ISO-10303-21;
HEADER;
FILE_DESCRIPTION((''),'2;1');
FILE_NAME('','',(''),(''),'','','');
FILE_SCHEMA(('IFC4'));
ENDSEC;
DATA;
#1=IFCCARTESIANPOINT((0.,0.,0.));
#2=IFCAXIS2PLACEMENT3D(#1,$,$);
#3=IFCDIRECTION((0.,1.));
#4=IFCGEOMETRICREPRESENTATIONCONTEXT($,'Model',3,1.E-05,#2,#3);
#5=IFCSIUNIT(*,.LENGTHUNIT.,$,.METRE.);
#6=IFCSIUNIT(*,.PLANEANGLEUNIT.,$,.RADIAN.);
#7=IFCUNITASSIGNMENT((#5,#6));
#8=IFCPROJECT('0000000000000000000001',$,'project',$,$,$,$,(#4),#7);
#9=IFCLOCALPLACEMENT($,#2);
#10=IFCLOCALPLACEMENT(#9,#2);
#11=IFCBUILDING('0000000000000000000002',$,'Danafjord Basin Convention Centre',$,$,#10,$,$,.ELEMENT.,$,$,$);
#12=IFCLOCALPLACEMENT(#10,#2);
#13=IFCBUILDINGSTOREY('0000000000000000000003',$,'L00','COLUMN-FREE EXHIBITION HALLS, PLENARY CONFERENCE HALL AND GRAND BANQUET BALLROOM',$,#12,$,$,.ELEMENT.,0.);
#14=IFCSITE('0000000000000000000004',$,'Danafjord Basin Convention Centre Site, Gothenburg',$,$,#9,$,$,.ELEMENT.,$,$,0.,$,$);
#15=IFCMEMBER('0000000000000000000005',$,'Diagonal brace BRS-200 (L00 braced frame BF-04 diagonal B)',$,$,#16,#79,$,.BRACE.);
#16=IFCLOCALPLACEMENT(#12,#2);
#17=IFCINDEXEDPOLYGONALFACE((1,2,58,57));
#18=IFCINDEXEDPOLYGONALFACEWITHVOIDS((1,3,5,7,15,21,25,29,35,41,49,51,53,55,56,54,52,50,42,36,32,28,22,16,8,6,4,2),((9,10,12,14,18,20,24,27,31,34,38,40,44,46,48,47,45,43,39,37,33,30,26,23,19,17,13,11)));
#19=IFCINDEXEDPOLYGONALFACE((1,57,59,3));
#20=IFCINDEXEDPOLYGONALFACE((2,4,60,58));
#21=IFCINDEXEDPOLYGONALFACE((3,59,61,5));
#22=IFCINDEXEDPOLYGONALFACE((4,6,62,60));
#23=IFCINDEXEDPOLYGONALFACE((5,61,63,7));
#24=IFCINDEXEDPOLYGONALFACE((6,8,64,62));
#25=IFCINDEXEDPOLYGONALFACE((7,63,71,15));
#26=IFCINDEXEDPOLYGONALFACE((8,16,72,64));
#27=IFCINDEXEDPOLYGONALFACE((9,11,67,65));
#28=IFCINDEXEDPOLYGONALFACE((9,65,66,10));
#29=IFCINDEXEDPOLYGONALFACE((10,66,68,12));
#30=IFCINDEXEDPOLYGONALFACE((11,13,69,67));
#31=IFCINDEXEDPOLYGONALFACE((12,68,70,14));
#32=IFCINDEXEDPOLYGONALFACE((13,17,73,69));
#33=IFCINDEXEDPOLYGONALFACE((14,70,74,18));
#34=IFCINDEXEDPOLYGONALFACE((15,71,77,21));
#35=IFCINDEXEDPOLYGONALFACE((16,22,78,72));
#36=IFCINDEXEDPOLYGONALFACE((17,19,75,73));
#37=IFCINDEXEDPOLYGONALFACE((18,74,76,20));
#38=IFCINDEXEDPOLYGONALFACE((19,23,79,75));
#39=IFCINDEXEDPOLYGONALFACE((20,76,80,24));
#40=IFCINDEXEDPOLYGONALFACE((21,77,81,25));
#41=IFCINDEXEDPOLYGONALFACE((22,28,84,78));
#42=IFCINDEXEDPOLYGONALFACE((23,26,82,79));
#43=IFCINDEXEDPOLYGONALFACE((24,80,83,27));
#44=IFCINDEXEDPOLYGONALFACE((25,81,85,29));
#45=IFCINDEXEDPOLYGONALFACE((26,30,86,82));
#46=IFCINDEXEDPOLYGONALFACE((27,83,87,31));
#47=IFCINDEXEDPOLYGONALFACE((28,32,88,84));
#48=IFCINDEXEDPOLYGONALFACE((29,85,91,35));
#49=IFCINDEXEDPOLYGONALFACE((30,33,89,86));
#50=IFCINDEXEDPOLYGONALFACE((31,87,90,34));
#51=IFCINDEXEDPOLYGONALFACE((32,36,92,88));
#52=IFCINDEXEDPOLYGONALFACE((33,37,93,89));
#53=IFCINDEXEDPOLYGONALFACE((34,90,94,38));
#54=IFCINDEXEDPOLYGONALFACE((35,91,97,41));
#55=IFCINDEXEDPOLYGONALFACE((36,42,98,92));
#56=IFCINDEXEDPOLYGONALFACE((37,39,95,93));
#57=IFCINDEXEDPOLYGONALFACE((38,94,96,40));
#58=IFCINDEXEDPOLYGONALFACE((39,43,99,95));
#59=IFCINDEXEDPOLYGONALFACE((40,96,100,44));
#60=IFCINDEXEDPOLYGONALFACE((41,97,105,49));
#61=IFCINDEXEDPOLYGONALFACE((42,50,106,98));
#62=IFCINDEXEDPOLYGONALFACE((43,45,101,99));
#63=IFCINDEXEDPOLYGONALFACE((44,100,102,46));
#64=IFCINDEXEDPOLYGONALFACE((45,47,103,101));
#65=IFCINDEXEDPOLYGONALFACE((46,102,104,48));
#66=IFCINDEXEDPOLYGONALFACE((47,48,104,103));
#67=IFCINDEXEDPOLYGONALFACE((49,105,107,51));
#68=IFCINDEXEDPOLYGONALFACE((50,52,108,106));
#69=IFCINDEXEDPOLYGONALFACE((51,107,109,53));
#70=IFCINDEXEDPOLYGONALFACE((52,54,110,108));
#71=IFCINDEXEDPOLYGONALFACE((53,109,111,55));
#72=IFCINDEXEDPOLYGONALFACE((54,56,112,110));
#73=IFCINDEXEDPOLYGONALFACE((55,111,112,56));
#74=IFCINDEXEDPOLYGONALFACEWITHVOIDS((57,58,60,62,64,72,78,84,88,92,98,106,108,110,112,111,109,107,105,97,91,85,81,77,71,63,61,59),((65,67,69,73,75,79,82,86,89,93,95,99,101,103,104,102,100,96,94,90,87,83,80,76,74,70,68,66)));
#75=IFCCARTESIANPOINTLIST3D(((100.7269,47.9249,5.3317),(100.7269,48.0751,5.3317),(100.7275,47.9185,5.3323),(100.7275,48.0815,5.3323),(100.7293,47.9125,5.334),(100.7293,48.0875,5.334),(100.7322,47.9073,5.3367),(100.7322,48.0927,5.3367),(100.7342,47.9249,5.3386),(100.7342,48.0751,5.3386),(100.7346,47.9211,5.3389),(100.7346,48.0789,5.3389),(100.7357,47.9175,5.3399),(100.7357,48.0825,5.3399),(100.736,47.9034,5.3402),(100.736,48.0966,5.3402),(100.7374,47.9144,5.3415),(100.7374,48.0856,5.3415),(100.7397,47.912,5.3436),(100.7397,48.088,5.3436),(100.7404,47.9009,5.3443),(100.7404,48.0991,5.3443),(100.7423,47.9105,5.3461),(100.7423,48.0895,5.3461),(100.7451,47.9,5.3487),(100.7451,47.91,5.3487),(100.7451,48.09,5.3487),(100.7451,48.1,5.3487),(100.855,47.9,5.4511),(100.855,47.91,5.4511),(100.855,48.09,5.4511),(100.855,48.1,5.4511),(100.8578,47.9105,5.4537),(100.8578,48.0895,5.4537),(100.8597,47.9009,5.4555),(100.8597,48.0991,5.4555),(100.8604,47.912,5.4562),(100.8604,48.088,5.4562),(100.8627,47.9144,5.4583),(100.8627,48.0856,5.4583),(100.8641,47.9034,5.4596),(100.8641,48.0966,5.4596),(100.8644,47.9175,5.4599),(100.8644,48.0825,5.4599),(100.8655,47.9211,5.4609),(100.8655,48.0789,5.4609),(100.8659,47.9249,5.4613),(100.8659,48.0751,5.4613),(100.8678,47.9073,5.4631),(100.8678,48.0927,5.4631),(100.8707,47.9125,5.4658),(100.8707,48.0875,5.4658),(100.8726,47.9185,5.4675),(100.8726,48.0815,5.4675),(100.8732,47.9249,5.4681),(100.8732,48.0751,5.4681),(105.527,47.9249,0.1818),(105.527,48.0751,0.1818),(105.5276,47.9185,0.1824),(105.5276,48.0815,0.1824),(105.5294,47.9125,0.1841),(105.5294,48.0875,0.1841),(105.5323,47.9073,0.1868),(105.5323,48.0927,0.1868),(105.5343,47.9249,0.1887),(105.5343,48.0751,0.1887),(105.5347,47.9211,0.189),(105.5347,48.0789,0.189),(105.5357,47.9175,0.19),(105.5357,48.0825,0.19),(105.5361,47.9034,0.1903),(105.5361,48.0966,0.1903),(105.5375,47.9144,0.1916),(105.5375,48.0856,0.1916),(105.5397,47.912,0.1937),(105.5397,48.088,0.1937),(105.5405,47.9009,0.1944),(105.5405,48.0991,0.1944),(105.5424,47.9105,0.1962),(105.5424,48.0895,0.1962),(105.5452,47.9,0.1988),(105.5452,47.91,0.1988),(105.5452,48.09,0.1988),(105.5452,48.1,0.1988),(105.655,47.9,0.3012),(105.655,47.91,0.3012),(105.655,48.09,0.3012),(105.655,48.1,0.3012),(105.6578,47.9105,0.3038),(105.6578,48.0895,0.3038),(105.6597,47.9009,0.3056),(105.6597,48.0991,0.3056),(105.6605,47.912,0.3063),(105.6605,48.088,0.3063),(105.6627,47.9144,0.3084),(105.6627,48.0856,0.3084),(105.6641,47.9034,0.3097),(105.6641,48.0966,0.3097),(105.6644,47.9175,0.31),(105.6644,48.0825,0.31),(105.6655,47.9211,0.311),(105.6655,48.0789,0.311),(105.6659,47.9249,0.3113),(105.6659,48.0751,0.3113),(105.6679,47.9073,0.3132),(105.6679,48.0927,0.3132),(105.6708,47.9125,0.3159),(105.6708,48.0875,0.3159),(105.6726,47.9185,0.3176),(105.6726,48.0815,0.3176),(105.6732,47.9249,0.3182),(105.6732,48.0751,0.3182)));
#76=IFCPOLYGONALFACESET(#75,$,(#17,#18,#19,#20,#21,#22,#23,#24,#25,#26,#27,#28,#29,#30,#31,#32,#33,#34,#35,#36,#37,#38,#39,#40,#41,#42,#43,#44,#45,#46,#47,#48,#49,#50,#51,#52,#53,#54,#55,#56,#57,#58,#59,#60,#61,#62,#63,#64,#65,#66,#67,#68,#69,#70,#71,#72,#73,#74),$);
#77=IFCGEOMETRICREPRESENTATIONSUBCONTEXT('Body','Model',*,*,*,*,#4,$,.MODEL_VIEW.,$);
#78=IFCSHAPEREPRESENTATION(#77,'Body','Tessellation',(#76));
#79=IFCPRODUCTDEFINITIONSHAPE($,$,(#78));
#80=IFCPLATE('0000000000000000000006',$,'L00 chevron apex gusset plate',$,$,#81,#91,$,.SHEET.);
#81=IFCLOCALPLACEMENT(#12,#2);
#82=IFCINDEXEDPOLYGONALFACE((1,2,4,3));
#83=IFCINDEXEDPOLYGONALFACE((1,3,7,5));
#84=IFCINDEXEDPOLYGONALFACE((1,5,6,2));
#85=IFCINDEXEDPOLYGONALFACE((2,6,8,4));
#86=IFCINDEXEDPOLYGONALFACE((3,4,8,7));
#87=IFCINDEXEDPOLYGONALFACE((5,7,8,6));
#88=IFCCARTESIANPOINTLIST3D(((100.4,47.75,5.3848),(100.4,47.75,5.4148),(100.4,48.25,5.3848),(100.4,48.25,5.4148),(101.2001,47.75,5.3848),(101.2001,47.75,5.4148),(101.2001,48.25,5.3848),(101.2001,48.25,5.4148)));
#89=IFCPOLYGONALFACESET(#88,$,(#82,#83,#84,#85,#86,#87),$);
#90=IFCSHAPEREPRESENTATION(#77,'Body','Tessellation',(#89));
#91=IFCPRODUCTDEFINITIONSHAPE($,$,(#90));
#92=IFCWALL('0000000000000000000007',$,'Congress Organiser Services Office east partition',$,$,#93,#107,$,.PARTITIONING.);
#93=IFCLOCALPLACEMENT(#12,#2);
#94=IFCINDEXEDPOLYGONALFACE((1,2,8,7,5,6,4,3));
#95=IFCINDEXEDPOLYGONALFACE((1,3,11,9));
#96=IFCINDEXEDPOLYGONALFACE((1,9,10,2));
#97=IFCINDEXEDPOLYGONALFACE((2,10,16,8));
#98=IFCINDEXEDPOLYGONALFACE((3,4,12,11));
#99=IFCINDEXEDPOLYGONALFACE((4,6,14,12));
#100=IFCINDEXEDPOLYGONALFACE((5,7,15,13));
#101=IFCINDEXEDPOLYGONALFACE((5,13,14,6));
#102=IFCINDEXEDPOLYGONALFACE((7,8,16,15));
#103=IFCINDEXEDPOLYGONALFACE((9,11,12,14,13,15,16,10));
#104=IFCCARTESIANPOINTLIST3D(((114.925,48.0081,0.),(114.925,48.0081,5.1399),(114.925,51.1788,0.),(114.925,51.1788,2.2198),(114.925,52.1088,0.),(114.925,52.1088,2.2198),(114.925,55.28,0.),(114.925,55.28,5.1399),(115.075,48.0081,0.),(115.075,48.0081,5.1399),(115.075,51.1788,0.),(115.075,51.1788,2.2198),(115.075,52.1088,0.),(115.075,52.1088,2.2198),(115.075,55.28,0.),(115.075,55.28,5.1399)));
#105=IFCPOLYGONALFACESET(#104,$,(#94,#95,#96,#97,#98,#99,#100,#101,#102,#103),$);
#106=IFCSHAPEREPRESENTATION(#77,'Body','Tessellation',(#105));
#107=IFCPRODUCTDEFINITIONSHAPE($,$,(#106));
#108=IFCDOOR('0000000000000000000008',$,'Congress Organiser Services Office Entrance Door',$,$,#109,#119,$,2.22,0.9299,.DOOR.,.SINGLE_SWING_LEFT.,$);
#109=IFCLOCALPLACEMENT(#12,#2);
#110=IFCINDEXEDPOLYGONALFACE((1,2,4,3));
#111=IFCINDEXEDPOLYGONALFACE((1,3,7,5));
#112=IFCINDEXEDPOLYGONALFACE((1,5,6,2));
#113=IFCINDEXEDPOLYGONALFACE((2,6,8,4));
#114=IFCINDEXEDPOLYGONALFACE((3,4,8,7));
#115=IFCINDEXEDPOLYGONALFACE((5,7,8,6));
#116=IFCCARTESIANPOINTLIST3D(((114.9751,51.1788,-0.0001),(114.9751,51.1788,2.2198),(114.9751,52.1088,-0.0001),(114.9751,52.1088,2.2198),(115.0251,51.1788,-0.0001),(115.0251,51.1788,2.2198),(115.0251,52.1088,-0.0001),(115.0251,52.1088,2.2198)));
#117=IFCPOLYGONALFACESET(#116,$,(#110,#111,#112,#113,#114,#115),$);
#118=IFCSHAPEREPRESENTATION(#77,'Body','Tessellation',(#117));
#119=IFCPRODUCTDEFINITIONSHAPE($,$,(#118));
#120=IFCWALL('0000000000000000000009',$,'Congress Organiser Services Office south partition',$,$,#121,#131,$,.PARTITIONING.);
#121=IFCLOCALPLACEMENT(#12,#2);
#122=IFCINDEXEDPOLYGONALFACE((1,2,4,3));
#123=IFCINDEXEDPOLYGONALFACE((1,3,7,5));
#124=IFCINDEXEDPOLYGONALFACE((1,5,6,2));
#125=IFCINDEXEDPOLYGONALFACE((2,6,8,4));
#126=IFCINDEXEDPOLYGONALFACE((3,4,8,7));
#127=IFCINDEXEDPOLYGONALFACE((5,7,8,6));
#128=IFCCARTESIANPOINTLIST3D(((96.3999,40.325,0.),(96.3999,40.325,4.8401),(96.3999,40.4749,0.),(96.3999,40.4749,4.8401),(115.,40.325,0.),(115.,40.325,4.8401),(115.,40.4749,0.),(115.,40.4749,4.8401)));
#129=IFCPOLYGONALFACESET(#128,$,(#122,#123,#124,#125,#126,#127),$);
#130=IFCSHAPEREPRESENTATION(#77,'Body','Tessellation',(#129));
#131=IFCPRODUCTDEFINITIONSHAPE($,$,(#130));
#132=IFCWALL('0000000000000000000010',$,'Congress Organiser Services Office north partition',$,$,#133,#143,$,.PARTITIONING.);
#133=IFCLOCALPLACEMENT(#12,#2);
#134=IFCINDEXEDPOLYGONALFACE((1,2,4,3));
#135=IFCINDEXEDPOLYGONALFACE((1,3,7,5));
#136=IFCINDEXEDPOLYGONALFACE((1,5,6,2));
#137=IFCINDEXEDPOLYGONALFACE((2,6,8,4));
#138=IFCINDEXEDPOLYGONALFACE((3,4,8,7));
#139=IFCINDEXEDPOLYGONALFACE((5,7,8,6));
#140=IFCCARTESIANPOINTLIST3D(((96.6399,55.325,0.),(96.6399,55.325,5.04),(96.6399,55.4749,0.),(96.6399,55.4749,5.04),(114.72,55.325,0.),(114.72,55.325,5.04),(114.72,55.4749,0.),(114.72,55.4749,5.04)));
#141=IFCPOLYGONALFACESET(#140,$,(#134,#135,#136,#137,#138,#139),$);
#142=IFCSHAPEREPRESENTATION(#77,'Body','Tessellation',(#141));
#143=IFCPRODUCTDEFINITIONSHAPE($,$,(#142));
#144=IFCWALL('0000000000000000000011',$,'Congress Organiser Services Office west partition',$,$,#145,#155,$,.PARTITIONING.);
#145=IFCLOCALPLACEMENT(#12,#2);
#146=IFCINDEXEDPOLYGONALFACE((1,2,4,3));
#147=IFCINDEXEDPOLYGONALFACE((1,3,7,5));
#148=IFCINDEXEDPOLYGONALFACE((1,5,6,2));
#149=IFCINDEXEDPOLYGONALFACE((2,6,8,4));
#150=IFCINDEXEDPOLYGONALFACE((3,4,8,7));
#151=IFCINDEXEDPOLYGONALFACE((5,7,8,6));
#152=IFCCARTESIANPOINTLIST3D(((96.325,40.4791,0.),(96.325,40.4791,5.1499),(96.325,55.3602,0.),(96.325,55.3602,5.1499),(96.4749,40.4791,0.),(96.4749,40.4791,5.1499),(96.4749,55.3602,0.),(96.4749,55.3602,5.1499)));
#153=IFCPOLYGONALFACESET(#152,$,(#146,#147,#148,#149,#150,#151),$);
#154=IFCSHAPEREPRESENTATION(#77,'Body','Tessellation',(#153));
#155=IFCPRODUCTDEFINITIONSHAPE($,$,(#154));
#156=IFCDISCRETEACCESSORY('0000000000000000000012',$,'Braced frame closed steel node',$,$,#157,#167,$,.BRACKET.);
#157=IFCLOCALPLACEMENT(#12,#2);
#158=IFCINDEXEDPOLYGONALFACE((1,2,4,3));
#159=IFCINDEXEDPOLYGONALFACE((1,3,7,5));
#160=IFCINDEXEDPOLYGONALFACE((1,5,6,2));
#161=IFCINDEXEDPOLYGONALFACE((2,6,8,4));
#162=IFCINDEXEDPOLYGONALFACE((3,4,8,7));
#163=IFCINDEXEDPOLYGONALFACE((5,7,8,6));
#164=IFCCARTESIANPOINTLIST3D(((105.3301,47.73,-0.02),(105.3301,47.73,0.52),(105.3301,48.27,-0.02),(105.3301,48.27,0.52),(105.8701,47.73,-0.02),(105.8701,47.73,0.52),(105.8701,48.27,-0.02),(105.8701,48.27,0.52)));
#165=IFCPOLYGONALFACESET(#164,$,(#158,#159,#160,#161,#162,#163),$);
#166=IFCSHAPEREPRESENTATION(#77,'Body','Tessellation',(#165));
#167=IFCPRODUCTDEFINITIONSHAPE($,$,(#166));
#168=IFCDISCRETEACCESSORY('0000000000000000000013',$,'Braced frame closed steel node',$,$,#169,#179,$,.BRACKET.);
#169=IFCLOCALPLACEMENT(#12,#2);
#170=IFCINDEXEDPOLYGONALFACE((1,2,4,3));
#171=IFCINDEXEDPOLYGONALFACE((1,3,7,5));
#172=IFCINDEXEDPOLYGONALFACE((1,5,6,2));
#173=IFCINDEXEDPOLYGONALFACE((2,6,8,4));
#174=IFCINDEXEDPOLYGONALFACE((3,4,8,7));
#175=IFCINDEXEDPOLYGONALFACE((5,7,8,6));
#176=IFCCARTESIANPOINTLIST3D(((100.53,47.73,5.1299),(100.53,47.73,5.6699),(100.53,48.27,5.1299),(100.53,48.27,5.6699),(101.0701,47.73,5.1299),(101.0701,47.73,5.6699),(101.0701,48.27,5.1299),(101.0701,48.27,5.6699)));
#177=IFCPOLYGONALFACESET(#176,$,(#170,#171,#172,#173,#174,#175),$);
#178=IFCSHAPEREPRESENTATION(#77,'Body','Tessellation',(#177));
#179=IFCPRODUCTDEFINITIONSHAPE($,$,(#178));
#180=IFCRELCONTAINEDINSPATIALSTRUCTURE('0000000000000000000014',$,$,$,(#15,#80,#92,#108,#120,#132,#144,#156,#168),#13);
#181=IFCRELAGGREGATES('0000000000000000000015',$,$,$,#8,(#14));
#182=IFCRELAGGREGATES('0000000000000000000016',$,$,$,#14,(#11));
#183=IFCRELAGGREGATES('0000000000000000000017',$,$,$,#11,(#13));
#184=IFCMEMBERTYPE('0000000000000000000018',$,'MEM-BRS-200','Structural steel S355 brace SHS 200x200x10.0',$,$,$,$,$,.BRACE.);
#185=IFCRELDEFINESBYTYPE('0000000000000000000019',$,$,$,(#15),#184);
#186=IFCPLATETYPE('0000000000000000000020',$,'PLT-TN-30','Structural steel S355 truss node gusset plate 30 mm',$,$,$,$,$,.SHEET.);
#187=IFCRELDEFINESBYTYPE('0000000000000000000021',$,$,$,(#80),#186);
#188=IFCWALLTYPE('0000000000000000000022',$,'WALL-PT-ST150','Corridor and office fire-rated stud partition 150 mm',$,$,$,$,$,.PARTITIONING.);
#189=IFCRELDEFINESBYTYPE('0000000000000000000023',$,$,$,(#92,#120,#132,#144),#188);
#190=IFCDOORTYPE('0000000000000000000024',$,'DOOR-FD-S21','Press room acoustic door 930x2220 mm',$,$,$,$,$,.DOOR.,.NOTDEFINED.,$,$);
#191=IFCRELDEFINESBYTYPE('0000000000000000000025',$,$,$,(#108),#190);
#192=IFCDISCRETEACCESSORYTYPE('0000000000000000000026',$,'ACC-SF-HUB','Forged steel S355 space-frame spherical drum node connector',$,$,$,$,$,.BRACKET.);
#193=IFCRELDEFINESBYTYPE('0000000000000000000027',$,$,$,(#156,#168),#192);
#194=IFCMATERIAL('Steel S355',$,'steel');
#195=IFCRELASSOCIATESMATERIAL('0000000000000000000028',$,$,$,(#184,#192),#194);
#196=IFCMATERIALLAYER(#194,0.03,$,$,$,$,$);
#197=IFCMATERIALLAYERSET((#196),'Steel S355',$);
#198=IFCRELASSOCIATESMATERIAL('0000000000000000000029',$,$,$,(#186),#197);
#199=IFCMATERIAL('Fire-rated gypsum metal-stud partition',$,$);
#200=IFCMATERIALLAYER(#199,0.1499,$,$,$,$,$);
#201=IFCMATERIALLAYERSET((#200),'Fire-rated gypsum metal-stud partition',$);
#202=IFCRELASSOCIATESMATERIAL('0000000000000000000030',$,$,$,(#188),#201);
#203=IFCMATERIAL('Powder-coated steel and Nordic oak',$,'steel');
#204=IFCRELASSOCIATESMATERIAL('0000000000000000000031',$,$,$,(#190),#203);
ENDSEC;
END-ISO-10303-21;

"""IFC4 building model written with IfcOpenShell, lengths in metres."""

from ifc_helpers import new_model, si_unit, direction, frame, frame_2d, origin, origin_2d, place, context, subcontext, project, spatial, rectangle, hollow_rectangle, extrude, material, layer, layer_set, material_profile, profile_set, type_object, element, fill, save


model = new_model("IFC4")

# Units and contexts
model_context = context("Model", 3, precision=1e-05, world=origin(), true_north=direction((0.0, 1.0)))
body_context = subcontext(model_context, "Body", "Model", "MODEL_VIEW")
ifc_project = project(units=[si_unit("LENGTHUNIT", "METRE"), si_unit("PLANEANGLEUNIT", "RADIAN")], contexts=[model_context])

# Site, building, storey
site_placement = place(None, origin())
site = spatial("IfcSite", under=ifc_project, at=site_placement, Name="Danafjord Basin Convention Centre Site, Gothenburg", CompositionType="ELEMENT", RefElevation=0.0)
building_placement = place(site_placement, origin())
building = spatial("IfcBuilding", under=site, at=building_placement, Name="Danafjord Basin Convention Centre", CompositionType="ELEMENT")
storey_placement = place(building_placement, origin())
storey = spatial("IfcBuildingStorey", under=building, at=storey_placement, Name="L00", Description="COLUMN-FREE EXHIBITION HALLS, PLENARY CONFERENCE HALL AND GRAND BANQUET BALLROOM", CompositionType="ELEMENT", Elevation=0.0)

# Shared definitions
ifc_material_1 = material(Name="Steel S355", Category="steel")

# Member
ifc_material_profile_1 = material_profile(ifc_material_1, hollow_rectangle(XDim=0.2, YDim=0.2, WallThickness=0.01, InnerFilletRadius=0.0149, OuterFilletRadius=0.0249, at=origin_2d()), Name="SHS 200x200x10.0")
ifc_profile_set_1 = profile_set([ifc_material_profile_1], Name="Steel S355")
member_type = type_object("IfcMemberType", Name="MEM-BRS-200", Description="Structural steel S355 brace SHS 200x200x10.0", PredefinedType="BRACE", material=ifc_profile_set_1)
member_placement = place(storey_placement, frame((105.6001, 48.0, 0.25), z_axis=(-0.681823, 0.0, 0.731518), x_axis=(0.0, -1.0, 0.0)))
element("IfcMember", 1, at=member_placement, inside=storey, type_object=member_type, Name="Diagonal brace BRS-200 (L00 braced frame BF-04 diagonal B)", PredefinedType="BRACE", context=body_context, shape_type="SweptSolid", body=[
    extrude(hollow_rectangle(XDim=0.2, YDim=0.2, WallThickness=0.01, InnerFilletRadius=0.0149, OuterFilletRadius=0.0249, at=origin_2d()), origin(), (0.0, 0.0, 1.0), 7.04),
])

# Plate
ifc_layer_1 = layer(ifc_material_1, 0.03)
ifc_layer_set_1 = layer_set([ifc_layer_1], Name="Steel S355")
plate_type = type_object("IfcPlateType", Name="PLT-TN-30", Description="Structural steel S355 truss node gusset plate 30 mm", PredefinedType="SHEET", material=ifc_layer_set_1)
plate_placement = place(storey_placement, frame((100.8, 48.0, 5.3848), z_axis=(0.0, 0.0, 1.0), x_axis=(1.0, 0.0, 0.0)))
element("IfcPlate", 2, at=plate_placement, inside=storey, type_object=plate_type, Name="L00 chevron apex gusset plate", PredefinedType="SHEET", context=body_context, shape_type="SweptSolid", body=[
    extrude(rectangle(XDim=0.8, YDim=0.5, at=origin_2d()), origin(), (0.0, 0.0, 1.0), 0.03),
])

# Wall, opening, door
ifc_material_2 = material(Name="Fire-rated gypsum metal-stud partition")
ifc_layer_2 = layer(ifc_material_2, 0.1499)
ifc_layer_set_2 = layer_set([ifc_layer_2], Name="Fire-rated gypsum metal-stud partition")
wall_type = type_object("IfcWallType", Name="WALL-PT-ST150", Description="Corridor and office fire-rated stud partition 150 mm", PredefinedType="PARTITIONING", material=ifc_layer_set_2)
wall_1_placement = place(storey_placement, frame((115.0, 48.0081, 0.0), z_axis=(0.0, 0.0, 1.0), x_axis=(0.0, 1.0, 0.0)))
wall_1 = element("IfcWall", 3, at=wall_1_placement, inside=storey, type_object=wall_type, Name="Congress Organiser Services Office east partition", PredefinedType="PARTITIONING", context=body_context, shape_type="SweptSolid", body=[
    extrude(rectangle(XDim=7.272, YDim=0.1499, at=frame_2d((3.636, 0.0))), origin(), (0.0, 0.0, 1.0), 5.1399),
])
opening_placement = place(wall_1_placement, frame((3.1709, 0.0, 0.0)))
opening = element("IfcOpeningElement", 4, at=opening_placement, cuts=wall_1, PredefinedType="OPENING", context=body_context, shape_type="SweptSolid", body=[
    extrude(rectangle(XDim=0.9299, YDim=2.22, at=frame_2d((0.4648, 1.1099))), frame((0.0, 0.085, 0.0), z_axis=(0.0, -1.0, 0.0), x_axis=(1.0, 0.0, 0.0)), (0.0, 0.0, 1.0), 0.1699),
])
ifc_material_3 = material(Name="Powder-coated steel and Nordic oak", Category="steel")
door_type = type_object("IfcDoorType", Name="DOOR-FD-S21", Description="Press room acoustic door 930x2220 mm", OperationType="NOTDEFINED", PredefinedType="DOOR", material=ifc_material_3)
door_placement = place(opening_placement, origin())
door = element("IfcDoor", 5, at=door_placement, inside=storey, type_object=door_type, Name="Congress Organiser Services Office Entrance Door", OperationType="SINGLE_SWING_LEFT", OverallHeight=2.22, OverallWidth=0.9299, PredefinedType="DOOR", context=body_context, shape_type="SweptSolid", body=[
    extrude(rectangle(XDim=0.9299, YDim=2.22, at=frame_2d((0.4648, 1.1099))), frame((0.0, 0.0249, 0.0), z_axis=(0.0, -1.0, 0.0), x_axis=(1.0, 0.0, 0.0)), (0.0, 0.0, 1.0), 0.05),
])
fill(opening, door)

# Walls
wall_2_placement = place(storey_placement, frame((96.3999, 40.3999, 0.0), z_axis=(0.0, 0.0, 1.0), x_axis=(1.0, 0.0, 0.0)))
element("IfcWall", 6, at=wall_2_placement, inside=storey, type_object=wall_type, Name="Congress Organiser Services Office south partition", PredefinedType="PARTITIONING", context=body_context, shape_type="SweptSolid", body=[
    extrude(rectangle(XDim=18.6001, YDim=0.1499, at=frame_2d((9.3, 0.0))), origin(), (0.0, 0.0, 1.0), 4.8401),
])
wall_3_placement = place(storey_placement, frame((114.72, 55.3999, 0.0), z_axis=(0.0, 0.0, 1.0), x_axis=(-1.0, 0.0, 0.0)))
element("IfcWall", 7, at=wall_3_placement, inside=storey, type_object=wall_type, Name="Congress Organiser Services Office north partition", PredefinedType="PARTITIONING", context=body_context, shape_type="SweptSolid", body=[
    extrude(rectangle(XDim=18.0801, YDim=0.1499, at=frame_2d((9.04, 0.0))), origin(), (0.0, 0.0, 1.0), 5.04),
])
wall_4_placement = place(storey_placement, frame((96.3999, 55.3601, 0.0), z_axis=(0.0, 0.0, 1.0), x_axis=(0.0, -1.0, 0.0)))
element("IfcWall", 8, at=wall_4_placement, inside=storey, type_object=wall_type, Name="Congress Organiser Services Office west partition", PredefinedType="PARTITIONING", context=body_context, shape_type="SweptSolid", body=[
    extrude(rectangle(XDim=14.8811, YDim=0.1499, at=frame_2d((7.4404, 0.0))), origin(), (0.0, 0.0, 1.0), 5.1499),
])

# Discrete accessories
discrete_accessory_type = type_object("IfcDiscreteAccessoryType", Name="ACC-SF-HUB", Description="Forged steel S355 space-frame spherical drum node connector", PredefinedType="BRACKET", material=ifc_material_1)
for number, where, z_axis, x_axis, name in (
    (9, (105.6001, 48.0, -0.02), (0.0, 0.0, 1.0), (1.0, 0.0, 0.0), "Braced frame closed steel node"),
    (10, (100.8, 48.0, 5.1299), (0.0, 0.0, 1.0), (1.0, 0.0, 0.0), "Braced frame closed steel node"),
):
    element("IfcDiscreteAccessory", number, at=place(storey_placement, frame(where, z_axis=z_axis, x_axis=x_axis)), inside=storey, type_object=discrete_accessory_type, Name=name, PredefinedType="BRACKET", context=body_context, shape_type="SweptSolid", body=[
        extrude(rectangle(XDim=0.54, YDim=0.54, at=origin_2d()), origin(), (0.0, 0.0, 1.0), 0.54),
    ])

save(model, "model.ifc")
